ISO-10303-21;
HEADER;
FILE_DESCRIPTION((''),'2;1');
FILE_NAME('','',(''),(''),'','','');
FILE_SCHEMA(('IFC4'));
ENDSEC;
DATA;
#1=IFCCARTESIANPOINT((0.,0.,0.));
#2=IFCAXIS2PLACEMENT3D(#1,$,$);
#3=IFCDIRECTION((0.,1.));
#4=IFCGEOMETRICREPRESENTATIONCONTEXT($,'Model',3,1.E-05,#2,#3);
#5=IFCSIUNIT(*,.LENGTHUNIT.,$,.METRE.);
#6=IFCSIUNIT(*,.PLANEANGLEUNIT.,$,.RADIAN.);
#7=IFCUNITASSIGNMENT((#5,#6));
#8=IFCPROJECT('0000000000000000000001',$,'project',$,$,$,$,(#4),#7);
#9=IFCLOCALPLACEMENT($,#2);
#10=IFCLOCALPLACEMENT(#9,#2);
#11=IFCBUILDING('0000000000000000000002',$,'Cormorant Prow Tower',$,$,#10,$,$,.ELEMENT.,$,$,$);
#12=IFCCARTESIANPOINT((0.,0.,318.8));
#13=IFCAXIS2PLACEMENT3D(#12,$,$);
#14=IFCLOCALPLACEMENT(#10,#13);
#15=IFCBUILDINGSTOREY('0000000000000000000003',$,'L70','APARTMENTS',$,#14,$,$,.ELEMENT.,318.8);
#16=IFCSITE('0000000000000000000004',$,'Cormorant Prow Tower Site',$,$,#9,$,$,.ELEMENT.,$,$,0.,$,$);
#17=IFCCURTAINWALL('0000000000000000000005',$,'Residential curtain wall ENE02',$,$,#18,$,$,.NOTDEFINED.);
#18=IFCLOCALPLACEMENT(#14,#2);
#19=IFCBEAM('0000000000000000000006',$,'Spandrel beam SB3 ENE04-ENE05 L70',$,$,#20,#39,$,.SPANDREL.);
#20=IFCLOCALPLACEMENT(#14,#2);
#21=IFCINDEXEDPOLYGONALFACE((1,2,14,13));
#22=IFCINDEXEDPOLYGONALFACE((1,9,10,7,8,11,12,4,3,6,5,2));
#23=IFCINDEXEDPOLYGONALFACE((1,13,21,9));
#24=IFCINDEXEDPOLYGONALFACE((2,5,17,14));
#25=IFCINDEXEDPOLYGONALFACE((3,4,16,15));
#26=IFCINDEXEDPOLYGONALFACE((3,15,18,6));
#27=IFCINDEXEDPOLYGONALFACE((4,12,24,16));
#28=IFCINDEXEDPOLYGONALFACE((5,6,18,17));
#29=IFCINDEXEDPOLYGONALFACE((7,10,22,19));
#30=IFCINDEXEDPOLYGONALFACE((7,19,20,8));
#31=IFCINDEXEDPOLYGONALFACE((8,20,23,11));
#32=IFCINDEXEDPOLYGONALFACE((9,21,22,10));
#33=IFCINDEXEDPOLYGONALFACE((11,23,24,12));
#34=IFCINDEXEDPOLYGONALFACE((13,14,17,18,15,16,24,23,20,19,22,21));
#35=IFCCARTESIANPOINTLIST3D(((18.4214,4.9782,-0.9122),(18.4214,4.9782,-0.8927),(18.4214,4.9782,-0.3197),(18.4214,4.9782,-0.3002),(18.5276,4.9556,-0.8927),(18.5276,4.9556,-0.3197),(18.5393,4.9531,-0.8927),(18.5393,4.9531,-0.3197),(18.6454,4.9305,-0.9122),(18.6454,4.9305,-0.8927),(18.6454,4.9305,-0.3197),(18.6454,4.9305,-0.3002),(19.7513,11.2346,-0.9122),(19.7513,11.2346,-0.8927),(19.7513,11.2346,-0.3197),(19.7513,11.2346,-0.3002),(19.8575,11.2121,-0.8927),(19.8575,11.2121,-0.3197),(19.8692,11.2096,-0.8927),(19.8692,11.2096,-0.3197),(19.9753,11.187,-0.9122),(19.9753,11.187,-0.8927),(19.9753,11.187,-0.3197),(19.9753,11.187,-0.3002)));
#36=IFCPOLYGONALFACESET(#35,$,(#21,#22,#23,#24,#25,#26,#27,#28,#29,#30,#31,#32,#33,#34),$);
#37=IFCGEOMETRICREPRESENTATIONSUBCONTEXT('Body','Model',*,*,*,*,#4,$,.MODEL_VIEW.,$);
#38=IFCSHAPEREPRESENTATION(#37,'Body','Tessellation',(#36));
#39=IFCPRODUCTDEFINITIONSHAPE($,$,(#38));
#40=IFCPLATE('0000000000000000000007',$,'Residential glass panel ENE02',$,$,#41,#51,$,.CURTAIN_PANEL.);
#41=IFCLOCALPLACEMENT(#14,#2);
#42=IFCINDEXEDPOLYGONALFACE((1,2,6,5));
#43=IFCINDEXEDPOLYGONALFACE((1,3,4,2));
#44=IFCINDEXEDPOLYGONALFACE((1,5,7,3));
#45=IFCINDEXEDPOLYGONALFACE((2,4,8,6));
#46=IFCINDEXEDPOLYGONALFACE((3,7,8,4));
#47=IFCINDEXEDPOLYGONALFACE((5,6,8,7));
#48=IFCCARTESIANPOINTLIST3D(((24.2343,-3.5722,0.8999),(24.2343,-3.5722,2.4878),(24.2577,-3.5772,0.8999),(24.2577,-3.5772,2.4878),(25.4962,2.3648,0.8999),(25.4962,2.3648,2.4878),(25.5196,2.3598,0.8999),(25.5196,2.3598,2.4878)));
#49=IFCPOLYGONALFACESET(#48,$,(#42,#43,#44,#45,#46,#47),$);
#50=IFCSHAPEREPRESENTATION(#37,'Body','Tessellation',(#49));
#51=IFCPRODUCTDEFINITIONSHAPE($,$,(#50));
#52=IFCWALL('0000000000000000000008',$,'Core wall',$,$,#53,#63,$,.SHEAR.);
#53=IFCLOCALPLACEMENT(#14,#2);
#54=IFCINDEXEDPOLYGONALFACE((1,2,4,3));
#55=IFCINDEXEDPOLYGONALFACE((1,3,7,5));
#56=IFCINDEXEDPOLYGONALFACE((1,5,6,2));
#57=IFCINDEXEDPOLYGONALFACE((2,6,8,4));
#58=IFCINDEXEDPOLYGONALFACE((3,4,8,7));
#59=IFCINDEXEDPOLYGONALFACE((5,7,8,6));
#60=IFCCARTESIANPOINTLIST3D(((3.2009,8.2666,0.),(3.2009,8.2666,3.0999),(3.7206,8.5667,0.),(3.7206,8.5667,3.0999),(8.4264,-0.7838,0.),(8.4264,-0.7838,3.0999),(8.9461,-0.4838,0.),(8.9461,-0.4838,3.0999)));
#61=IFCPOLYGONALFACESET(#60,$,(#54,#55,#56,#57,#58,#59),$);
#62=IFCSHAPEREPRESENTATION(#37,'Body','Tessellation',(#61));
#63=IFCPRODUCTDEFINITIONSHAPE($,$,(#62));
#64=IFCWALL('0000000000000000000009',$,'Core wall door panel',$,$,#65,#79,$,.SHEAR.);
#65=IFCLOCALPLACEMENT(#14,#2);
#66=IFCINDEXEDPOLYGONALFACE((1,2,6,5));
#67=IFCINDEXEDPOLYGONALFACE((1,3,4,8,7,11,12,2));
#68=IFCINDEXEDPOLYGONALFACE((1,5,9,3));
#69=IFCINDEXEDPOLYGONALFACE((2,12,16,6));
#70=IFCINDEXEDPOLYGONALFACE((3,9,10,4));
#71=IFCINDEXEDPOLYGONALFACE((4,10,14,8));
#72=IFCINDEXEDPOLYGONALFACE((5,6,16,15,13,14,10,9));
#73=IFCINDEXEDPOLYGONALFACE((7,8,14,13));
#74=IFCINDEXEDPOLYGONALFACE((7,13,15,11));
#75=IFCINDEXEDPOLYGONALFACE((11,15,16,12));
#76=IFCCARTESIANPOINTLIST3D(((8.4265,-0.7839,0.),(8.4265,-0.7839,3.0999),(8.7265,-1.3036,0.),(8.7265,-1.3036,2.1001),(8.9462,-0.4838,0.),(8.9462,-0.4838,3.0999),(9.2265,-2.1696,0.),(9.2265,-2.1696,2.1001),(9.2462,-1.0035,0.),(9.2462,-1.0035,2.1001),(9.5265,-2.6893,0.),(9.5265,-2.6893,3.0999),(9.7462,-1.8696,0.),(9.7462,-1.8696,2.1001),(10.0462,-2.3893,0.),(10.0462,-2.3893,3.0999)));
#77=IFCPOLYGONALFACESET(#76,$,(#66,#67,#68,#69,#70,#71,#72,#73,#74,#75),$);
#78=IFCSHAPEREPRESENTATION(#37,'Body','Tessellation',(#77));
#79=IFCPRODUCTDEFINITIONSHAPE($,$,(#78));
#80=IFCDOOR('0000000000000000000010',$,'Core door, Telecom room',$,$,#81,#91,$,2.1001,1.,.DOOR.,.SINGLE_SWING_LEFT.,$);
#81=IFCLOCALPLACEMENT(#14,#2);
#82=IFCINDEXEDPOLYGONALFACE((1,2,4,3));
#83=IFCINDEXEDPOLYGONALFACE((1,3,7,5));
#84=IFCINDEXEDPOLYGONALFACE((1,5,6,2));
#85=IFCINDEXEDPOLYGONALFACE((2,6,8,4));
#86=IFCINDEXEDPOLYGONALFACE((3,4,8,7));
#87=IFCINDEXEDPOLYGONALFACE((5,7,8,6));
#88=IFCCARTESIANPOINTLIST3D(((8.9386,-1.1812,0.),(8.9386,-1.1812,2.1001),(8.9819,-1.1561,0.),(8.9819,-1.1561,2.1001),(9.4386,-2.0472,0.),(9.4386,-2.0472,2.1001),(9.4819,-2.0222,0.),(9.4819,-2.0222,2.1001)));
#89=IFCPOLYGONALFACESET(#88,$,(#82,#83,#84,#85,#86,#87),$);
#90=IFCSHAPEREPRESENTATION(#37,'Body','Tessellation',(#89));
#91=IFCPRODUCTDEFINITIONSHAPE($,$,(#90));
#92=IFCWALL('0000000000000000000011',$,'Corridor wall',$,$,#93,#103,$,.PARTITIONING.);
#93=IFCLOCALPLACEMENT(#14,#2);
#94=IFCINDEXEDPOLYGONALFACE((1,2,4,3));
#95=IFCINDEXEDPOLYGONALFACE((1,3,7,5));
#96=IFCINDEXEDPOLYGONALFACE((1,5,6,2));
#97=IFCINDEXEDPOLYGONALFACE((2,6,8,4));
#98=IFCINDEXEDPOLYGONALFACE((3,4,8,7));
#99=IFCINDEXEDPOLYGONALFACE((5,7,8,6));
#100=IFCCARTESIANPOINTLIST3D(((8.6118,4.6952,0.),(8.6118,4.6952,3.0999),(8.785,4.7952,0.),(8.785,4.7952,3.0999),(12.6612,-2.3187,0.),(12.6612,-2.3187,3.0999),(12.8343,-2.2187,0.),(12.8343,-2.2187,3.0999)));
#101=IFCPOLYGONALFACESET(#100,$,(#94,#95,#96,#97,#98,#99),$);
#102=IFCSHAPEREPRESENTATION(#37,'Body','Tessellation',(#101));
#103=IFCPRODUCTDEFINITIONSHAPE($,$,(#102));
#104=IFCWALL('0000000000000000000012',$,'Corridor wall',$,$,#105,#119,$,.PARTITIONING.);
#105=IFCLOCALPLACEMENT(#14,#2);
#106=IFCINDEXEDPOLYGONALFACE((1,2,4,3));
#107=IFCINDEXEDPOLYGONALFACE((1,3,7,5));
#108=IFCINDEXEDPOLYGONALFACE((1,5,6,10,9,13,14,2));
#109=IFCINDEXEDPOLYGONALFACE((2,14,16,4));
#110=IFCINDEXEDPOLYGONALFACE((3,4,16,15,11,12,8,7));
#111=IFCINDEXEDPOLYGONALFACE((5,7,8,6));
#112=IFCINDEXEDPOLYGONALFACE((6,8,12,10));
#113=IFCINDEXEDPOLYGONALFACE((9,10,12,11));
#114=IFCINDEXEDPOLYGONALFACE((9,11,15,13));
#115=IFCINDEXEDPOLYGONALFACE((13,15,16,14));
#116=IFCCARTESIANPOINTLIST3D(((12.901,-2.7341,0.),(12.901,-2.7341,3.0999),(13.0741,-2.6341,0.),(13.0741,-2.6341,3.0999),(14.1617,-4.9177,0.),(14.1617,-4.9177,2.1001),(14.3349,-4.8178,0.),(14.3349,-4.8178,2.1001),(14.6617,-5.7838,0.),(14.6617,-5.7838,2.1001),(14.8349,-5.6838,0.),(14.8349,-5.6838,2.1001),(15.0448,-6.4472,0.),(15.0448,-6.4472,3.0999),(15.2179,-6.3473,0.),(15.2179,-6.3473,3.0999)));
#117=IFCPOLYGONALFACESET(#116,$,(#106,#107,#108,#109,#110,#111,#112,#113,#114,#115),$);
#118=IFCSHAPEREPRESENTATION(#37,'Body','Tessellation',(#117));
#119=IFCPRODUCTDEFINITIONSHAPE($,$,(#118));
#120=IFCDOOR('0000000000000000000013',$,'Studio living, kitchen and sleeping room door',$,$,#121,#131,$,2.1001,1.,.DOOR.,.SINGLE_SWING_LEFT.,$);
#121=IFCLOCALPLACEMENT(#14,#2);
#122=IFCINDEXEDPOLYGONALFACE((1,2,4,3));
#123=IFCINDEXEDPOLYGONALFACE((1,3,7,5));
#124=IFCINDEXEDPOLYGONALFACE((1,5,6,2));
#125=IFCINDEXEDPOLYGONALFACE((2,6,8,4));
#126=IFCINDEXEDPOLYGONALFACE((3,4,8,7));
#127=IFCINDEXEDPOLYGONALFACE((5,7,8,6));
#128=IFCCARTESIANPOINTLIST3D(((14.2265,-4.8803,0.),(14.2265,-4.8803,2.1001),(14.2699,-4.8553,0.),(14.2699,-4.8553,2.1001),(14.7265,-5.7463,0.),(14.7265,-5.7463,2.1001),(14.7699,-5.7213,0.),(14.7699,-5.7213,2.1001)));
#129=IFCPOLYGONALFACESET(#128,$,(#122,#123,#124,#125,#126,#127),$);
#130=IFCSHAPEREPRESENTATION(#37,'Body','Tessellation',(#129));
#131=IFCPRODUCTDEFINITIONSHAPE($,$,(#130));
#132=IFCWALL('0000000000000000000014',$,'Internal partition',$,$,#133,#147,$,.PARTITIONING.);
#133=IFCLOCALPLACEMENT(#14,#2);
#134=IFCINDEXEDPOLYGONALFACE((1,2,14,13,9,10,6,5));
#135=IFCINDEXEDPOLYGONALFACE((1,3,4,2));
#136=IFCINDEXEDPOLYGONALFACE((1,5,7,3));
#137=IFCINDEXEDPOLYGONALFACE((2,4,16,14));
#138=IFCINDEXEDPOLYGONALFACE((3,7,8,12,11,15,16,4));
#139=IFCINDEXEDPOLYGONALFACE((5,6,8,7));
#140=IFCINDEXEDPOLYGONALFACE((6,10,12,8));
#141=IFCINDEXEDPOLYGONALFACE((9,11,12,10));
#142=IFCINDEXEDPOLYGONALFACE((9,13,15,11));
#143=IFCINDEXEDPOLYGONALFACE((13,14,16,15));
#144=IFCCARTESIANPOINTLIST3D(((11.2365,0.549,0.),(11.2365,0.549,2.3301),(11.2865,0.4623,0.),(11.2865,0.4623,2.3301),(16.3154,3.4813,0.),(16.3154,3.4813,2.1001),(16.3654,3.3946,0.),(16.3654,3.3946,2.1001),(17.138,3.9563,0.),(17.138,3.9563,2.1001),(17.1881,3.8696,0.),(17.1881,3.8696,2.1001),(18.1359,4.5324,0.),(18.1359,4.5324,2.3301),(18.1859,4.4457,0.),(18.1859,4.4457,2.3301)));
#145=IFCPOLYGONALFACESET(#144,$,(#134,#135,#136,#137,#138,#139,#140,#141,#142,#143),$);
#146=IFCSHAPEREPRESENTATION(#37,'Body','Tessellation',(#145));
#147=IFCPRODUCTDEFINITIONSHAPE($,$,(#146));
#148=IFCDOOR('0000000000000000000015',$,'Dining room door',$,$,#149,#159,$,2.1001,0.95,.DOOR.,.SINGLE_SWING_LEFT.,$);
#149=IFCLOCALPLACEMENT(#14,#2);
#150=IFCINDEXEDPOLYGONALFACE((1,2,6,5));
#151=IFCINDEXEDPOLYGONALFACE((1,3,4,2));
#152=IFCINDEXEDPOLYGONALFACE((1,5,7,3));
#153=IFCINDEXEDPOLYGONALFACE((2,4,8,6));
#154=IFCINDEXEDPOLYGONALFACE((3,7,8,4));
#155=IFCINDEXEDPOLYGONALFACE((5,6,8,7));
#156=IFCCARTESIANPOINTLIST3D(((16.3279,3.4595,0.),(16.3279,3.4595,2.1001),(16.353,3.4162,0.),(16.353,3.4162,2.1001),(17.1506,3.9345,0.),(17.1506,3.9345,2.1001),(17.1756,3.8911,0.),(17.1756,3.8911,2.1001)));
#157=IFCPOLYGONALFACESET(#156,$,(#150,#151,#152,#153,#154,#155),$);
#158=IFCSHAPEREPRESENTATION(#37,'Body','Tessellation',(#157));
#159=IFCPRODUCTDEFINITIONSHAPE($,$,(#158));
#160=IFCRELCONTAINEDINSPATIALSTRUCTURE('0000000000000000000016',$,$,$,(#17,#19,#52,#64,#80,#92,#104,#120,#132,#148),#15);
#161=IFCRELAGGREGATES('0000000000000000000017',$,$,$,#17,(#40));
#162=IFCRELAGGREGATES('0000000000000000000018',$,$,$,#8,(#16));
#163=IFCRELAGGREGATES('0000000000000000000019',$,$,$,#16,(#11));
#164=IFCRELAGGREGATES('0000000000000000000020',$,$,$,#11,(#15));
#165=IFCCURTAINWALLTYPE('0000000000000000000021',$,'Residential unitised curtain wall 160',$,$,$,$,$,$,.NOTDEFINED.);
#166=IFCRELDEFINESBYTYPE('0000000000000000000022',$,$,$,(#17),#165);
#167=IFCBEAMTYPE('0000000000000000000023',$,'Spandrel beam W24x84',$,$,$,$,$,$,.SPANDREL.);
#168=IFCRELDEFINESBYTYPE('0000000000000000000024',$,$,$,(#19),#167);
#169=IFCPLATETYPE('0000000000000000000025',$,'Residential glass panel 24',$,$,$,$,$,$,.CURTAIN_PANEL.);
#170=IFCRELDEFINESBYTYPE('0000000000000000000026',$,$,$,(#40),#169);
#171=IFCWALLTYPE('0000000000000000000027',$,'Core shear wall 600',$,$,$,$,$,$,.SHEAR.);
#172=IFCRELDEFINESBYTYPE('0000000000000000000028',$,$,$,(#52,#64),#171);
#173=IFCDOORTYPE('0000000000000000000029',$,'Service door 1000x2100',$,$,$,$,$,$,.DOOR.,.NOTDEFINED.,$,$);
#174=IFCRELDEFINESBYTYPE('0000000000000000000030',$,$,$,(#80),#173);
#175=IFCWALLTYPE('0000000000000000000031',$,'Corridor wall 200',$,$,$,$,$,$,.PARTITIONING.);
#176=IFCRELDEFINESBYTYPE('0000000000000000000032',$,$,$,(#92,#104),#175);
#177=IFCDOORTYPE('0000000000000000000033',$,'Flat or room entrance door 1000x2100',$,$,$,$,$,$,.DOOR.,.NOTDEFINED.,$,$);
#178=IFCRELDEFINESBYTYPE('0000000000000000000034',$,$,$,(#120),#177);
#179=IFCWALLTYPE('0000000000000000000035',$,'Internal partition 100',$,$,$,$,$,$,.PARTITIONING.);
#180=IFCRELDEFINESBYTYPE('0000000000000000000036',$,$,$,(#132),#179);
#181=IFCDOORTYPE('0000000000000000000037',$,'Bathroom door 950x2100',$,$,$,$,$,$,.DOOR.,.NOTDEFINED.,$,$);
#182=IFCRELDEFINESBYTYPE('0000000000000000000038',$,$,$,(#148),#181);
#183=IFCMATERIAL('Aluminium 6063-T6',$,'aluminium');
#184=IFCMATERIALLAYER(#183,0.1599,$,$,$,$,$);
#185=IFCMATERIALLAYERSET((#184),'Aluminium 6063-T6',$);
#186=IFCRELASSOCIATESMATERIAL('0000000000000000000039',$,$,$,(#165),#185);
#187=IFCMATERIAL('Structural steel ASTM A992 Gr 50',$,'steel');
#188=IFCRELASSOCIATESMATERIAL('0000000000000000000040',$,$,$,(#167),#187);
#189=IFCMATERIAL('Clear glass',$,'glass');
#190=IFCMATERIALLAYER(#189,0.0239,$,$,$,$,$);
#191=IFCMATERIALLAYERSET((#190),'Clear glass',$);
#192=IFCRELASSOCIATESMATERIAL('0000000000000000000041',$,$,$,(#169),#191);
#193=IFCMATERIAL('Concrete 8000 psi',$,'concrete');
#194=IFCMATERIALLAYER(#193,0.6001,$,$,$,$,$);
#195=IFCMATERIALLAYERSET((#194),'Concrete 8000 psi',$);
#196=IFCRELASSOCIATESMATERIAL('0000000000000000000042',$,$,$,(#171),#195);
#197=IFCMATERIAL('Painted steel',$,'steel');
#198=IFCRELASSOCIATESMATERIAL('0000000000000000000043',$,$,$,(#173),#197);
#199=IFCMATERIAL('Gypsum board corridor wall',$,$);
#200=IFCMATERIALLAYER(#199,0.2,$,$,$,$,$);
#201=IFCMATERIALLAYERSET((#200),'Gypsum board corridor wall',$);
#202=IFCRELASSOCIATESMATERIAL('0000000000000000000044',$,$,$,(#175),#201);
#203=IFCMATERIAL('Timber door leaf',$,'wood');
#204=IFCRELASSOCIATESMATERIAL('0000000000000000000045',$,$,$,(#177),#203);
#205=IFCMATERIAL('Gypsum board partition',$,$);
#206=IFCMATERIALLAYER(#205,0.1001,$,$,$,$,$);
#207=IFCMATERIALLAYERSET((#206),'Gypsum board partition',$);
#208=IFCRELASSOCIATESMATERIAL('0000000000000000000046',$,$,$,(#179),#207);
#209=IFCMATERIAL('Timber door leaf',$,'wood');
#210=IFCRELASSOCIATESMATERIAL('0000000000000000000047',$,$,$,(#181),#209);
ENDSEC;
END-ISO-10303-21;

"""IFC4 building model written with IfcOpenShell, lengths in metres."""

from ifc_helpers import new_model, si_unit, direction, frame, frame_2d, origin, origin_2d, place, context, subcontext, project, spatial, rectangle, i_section, extrude, material, layer, layer_set, material_profile, profile_set, type_object, element, fill, aggregate, save


model = new_model("IFC4")

# Units and contexts
model_context = context("Model", 3, precision=1e-05, world=origin(), true_north=direction((0.0, 1.0)))
body_context = subcontext(model_context, "Body", "Model", "MODEL_VIEW")
ifc_project = project(units=[si_unit("LENGTHUNIT", "METRE"), si_unit("PLANEANGLEUNIT", "RADIAN")], contexts=[model_context])

# Site, building, storey
site_placement = place(None, origin())
site = spatial("IfcSite", under=ifc_project, at=site_placement, Name="Cormorant Prow Tower Site", CompositionType="ELEMENT", RefElevation=0.0)
building_placement = place(site_placement, origin())
building = spatial("IfcBuilding", under=site, at=building_placement, Name="Cormorant Prow Tower", CompositionType="ELEMENT")
storey_placement = place(building_placement, frame((0.0, 0.0, 318.8)))
storey = spatial("IfcBuildingStorey", under=building, at=storey_placement, Name="L70", Description="APARTMENTS", CompositionType="ELEMENT", Elevation=318.8)

# Curtain wall
ifc_material_1 = material(Name="Aluminium 6063-T6", Category="aluminium")
ifc_layer_1 = layer(ifc_material_1, 0.1599)
ifc_layer_set_1 = layer_set([ifc_layer_1], Name="Aluminium 6063-T6")
curtain_wall_type = type_object("IfcCurtainWallType", Name="Residential unitised curtain wall 160", PredefinedType="NOTDEFINED", material=ifc_layer_set_1)
curtain_wall_1_placement = place(storey_placement, origin())
curtain_wall_1 = element("IfcCurtainWall", 1, at=curtain_wall_1_placement, inside=storey, type_object=curtain_wall_type, Name="Residential curtain wall ENE02", PredefinedType="NOTDEFINED")

# Beam
ifc_material_2 = material(Name="Structural steel ASTM A992 Gr 50", Category="steel")
ifc_material_profile_1 = material_profile(ifc_material_2, i_section(OverallWidth=0.229, OverallDepth=0.6121, WebThickness=0.012, FlangeThickness=0.0195, at=origin_2d()), Name="W24x84")
ifc_profile_set_1 = profile_set([ifc_material_profile_1], Name="Structural steel ASTM A992 Gr 50")
beam_type_1 = type_object("IfcBeamType", Name="Spandrel beam W24x84", PredefinedType="SPANDREL", material=ifc_profile_set_1)
beam_1_placement = place(storey_placement, frame((18.5334, 4.9543, -0.6062), z_axis=(0.207913, 0.978147, 0.0), x_axis=(-0.978147, 0.207913, 0.0)))
element("IfcBeam", 2, at=beam_1_placement, inside=storey, type_object=beam_type_1, Name="Spandrel beam SB3 ENE04-ENE05 L70", PredefinedType="SPANDREL", context=body_context, shape_type="SweptSolid", body=[
    extrude(i_section(OverallWidth=0.229, OverallDepth=0.6121, WebThickness=0.012, FlangeThickness=0.0195, at=origin_2d()), origin(), (0.0, 0.0, 1.0), 6.3962),
])

# Plate
ifc_material_3 = material(Name="Clear glass", Category="glass")
ifc_layer_2 = layer(ifc_material_3, 0.0239)
ifc_layer_set_2 = layer_set([ifc_layer_2], Name="Clear glass")
plate_type = type_object("IfcPlateType", Name="Residential glass panel 24", PredefinedType="CURTAIN_PANEL", material=ifc_layer_set_2)
plate_placement = place(storey_placement, frame((24.877, -0.6062, 0.8999), z_axis=(0.0, 0.0, 1.0), x_axis=(0.207912, 0.978148, 0.0)))
plate = element("IfcPlate", 3, at=plate_placement, type_object=plate_type, Name="Residential glass panel ENE02", PredefinedType="CURTAIN_PANEL", context=body_context, shape_type="SweptSolid", body=[
    extrude(rectangle(XDim=6.0696, YDim=0.0239, at=origin_2d()), origin(), (0.0, 0.0, 1.0), 1.5879),
])
aggregate(curtain_wall_1, [plate])

# Wall
ifc_material_4 = material(Name="Concrete 8000 psi", Category="concrete")
ifc_layer_3 = layer(ifc_material_4, 0.6001)
ifc_layer_set_3 = layer_set([ifc_layer_3], Name="Concrete 8000 psi")
wall_type_1 = type_object("IfcWallType", Name="Core shear wall 600", PredefinedType="SHEAR", material=ifc_layer_set_3)
wall_1_placement = place(storey_placement, frame((8.6863, -0.6338, 0.0), z_axis=(0.0, 0.0, 1.0), x_axis=(-0.500018, 0.866015, 0.0)))
element("IfcWall", 4, at=wall_1_placement, inside=storey, type_object=wall_type_1, Name="Core wall", PredefinedType="SHEAR", context=body_context, shape_type="SweptSolid", body=[
    extrude(rectangle(XDim=10.4507, YDim=0.6001, at=frame_2d((5.2253, 0.0))), origin(), (0.0, 0.0, 1.0), 3.0999),
])

# Wall, opening, door
wall_2_placement = place(storey_placement, frame((9.7864, -2.5393, 0.0), z_axis=(0.0, 0.0, 1.0), x_axis=(-0.499982, 0.866036, 0.0)))
wall_2 = element("IfcWall", 5, at=wall_2_placement, inside=storey, type_object=wall_type_1, Name="Core wall door panel", PredefinedType="SHEAR", context=body_context, shape_type="SweptSolid", body=[
    extrude(rectangle(XDim=2.2002, YDim=0.6001, at=frame_2d((1.1001, 0.0))), origin(), (0.0, 0.0, 1.0), 3.0999),
])
opening_1_placement = place(wall_2_placement, frame((0.6001, 0.0, 0.0)))
opening_1 = element("IfcOpeningElement", 6, at=opening_1_placement, cuts=wall_2, PredefinedType="OPENING", context=body_context, shape_type="SweptSolid", body=[
    extrude(rectangle(XDim=1.0, YDim=2.1001, at=frame_2d((0.5, 1.05))), frame((0.0, 0.3101, 0.0), z_axis=(0.0, -1.0, 0.0), x_axis=(1.0, 0.0, 0.0)), (0.0, 0.0, 1.0), 0.6201),
])
ifc_material_5 = material(Name="Painted steel", Category="steel")
door_type_1 = type_object("IfcDoorType", Name="Service door 1000x2100", OperationType="NOTDEFINED", PredefinedType="DOOR", material=ifc_material_5)
door_1_placement = place(opening_1_placement, origin())
door_1 = element("IfcDoor", 7, at=door_1_placement, inside=storey, type_object=door_type_1, Name="Core door, Telecom room", OperationType="SINGLE_SWING_LEFT", OverallHeight=2.1001, OverallWidth=1.0, PredefinedType="DOOR", context=body_context, shape_type="SweptSolid", body=[
    extrude(rectangle(XDim=1.0, YDim=2.1001, at=frame_2d((0.5, 1.05))), frame((0.0, 0.0552, 0.0), z_axis=(0.0, -1.0, 0.0), x_axis=(1.0, 0.0, 0.0)), (0.0, 0.0, 1.0), 0.05),
])
fill(opening_1, door_1)

# Wall
ifc_material_6 = material(Name="Gypsum board corridor wall")
ifc_layer_4 = layer(ifc_material_6, 0.2)
ifc_layer_set_4 = layer_set([ifc_layer_4], Name="Gypsum board corridor wall")
wall_type_2 = type_object("IfcWallType", Name="Corridor wall 200", PredefinedType="PARTITIONING", material=ifc_layer_set_4)
wall_3_placement = place(storey_placement, frame((8.6985, 4.7451, 0.0), z_axis=(0.0, 0.0, 1.0), x_axis=(0.499984, -0.866034, 0.0)))
element("IfcWall", 8, at=wall_3_placement, inside=storey, type_object=wall_type_2, Name="Corridor wall", PredefinedType="PARTITIONING", context=body_context, shape_type="SweptSolid", body=[
    extrude(rectangle(XDim=8.0989, YDim=0.2, at=frame_2d((4.0493, 0.0))), origin(), (0.0, 0.0, 1.0), 3.0999),
])

# Walls, openings, doors
wall_4_placement = place(storey_placement, frame((12.9875, -2.6841, 0.0), z_axis=(0.0, 0.0, 1.0), x_axis=(0.500003, -0.866023, 0.0)))
wall_4 = element("IfcWall", 9, at=wall_4_placement, inside=storey, type_object=wall_type_2, Name="Corridor wall", PredefinedType="PARTITIONING", context=body_context, shape_type="SweptSolid", body=[
    extrude(rectangle(XDim=4.2876, YDim=0.2, at=frame_2d((2.1438, 0.0))), origin(), (0.0, 0.0, 1.0), 3.0999),
])
opening_2_placement = place(wall_4_placement, frame((2.5215, 0.0, 0.0)))
opening_2 = element("IfcOpeningElement", 10, at=opening_2_placement, cuts=wall_4, PredefinedType="OPENING", context=body_context, shape_type="SweptSolid", body=[
    extrude(rectangle(XDim=1.0, YDim=2.1001, at=frame_2d((0.5, 1.05))), frame((0.0, 0.1099, 0.0), z_axis=(0.0, -1.0, 0.0), x_axis=(1.0, 0.0, 0.0)), (0.0, 0.0, 1.0), 0.22),
])
ifc_material_7 = material(Name="Timber door leaf", Category="wood")
door_type_2 = type_object("IfcDoorType", Name="Flat or room entrance door 1000x2100", OperationType="NOTDEFINED", PredefinedType="DOOR", material=ifc_material_7)
door_2_placement = place(opening_2_placement, origin())
door_2 = element("IfcDoor", 11, at=door_2_placement, inside=storey, type_object=door_type_2, Name="Studio living, kitchen and sleeping room door", OperationType="SINGLE_SWING_LEFT", OverallHeight=2.1001, OverallWidth=1.0, PredefinedType="DOOR", context=body_context, shape_type="SweptSolid", body=[
    extrude(rectangle(XDim=1.0, YDim=2.1001, at=frame_2d((0.5, 1.05))), frame((0.0, 0.0249, 0.0), z_axis=(0.0, -1.0, 0.0), x_axis=(1.0, 0.0, 0.0)), (0.0, 0.0, 1.0), 0.05),
])
fill(opening_2, door_2)
ifc_material_8 = material(Name="Gypsum board partition")
ifc_layer_5 = layer(ifc_material_8, 0.1001)
ifc_layer_set_5 = layer_set([ifc_layer_5], Name="Gypsum board partition")
wall_type_3 = type_object("IfcWallType", Name="Internal partition 100", PredefinedType="PARTITIONING", material=ifc_layer_set_5)
wall_5_placement = place(storey_placement, frame((11.2615, 0.5056, 0.0), z_axis=(0.0, 0.0, 1.0), x_axis=(0.866024, 0.500002, 0.0)))
wall_5 = element("IfcWall", 12, at=wall_5_placement, inside=storey, type_object=wall_type_3, Name="Internal partition", PredefinedType="PARTITIONING", context=body_context, shape_type="SweptSolid", body=[
    extrude(rectangle(XDim=7.9668, YDim=0.1001, at=frame_2d((3.9834, 0.0))), origin(), (0.0, 0.0, 1.0), 2.3301),
])
opening_3_placement = place(wall_5_placement, frame((5.8645, 0.0, 0.0)))
opening_3 = element("IfcOpeningElement", 13, at=opening_3_placement, cuts=wall_5, PredefinedType="OPENING", context=body_context, shape_type="SweptSolid", body=[
    extrude(rectangle(XDim=0.95, YDim=2.1001, at=frame_2d((0.4751, 1.05))), frame((0.0, 0.0601, 0.0), z_axis=(0.0, -1.0, 0.0), x_axis=(1.0, 0.0, 0.0)), (0.0, 0.0, 1.0), 0.1201),
])
ifc_material_9 = material(Name="Timber door leaf", Category="wood")
door_type_3 = type_object("IfcDoorType", Name="Bathroom door 950x2100", OperationType="NOTDEFINED", PredefinedType="DOOR", material=ifc_material_9)
door_3_placement = place(opening_3_placement, origin())
door_3 = element("IfcDoor", 14, at=door_3_placement, inside=storey, type_object=door_type_3, Name="Dining room door", OperationType="SINGLE_SWING_LEFT", OverallHeight=2.1001, OverallWidth=0.95, PredefinedType="DOOR", context=body_context, shape_type="SweptSolid", body=[
    extrude(rectangle(XDim=0.95, YDim=2.1001, at=frame_2d((0.4751, 1.05))), frame((0.0, 0.0249, 0.0), z_axis=(0.0, -1.0, 0.0), x_axis=(1.0, 0.0, 0.0)), (0.0, 0.0, 1.0), 0.05),
])
fill(opening_3, door_3)

save(model, "model.ifc")
